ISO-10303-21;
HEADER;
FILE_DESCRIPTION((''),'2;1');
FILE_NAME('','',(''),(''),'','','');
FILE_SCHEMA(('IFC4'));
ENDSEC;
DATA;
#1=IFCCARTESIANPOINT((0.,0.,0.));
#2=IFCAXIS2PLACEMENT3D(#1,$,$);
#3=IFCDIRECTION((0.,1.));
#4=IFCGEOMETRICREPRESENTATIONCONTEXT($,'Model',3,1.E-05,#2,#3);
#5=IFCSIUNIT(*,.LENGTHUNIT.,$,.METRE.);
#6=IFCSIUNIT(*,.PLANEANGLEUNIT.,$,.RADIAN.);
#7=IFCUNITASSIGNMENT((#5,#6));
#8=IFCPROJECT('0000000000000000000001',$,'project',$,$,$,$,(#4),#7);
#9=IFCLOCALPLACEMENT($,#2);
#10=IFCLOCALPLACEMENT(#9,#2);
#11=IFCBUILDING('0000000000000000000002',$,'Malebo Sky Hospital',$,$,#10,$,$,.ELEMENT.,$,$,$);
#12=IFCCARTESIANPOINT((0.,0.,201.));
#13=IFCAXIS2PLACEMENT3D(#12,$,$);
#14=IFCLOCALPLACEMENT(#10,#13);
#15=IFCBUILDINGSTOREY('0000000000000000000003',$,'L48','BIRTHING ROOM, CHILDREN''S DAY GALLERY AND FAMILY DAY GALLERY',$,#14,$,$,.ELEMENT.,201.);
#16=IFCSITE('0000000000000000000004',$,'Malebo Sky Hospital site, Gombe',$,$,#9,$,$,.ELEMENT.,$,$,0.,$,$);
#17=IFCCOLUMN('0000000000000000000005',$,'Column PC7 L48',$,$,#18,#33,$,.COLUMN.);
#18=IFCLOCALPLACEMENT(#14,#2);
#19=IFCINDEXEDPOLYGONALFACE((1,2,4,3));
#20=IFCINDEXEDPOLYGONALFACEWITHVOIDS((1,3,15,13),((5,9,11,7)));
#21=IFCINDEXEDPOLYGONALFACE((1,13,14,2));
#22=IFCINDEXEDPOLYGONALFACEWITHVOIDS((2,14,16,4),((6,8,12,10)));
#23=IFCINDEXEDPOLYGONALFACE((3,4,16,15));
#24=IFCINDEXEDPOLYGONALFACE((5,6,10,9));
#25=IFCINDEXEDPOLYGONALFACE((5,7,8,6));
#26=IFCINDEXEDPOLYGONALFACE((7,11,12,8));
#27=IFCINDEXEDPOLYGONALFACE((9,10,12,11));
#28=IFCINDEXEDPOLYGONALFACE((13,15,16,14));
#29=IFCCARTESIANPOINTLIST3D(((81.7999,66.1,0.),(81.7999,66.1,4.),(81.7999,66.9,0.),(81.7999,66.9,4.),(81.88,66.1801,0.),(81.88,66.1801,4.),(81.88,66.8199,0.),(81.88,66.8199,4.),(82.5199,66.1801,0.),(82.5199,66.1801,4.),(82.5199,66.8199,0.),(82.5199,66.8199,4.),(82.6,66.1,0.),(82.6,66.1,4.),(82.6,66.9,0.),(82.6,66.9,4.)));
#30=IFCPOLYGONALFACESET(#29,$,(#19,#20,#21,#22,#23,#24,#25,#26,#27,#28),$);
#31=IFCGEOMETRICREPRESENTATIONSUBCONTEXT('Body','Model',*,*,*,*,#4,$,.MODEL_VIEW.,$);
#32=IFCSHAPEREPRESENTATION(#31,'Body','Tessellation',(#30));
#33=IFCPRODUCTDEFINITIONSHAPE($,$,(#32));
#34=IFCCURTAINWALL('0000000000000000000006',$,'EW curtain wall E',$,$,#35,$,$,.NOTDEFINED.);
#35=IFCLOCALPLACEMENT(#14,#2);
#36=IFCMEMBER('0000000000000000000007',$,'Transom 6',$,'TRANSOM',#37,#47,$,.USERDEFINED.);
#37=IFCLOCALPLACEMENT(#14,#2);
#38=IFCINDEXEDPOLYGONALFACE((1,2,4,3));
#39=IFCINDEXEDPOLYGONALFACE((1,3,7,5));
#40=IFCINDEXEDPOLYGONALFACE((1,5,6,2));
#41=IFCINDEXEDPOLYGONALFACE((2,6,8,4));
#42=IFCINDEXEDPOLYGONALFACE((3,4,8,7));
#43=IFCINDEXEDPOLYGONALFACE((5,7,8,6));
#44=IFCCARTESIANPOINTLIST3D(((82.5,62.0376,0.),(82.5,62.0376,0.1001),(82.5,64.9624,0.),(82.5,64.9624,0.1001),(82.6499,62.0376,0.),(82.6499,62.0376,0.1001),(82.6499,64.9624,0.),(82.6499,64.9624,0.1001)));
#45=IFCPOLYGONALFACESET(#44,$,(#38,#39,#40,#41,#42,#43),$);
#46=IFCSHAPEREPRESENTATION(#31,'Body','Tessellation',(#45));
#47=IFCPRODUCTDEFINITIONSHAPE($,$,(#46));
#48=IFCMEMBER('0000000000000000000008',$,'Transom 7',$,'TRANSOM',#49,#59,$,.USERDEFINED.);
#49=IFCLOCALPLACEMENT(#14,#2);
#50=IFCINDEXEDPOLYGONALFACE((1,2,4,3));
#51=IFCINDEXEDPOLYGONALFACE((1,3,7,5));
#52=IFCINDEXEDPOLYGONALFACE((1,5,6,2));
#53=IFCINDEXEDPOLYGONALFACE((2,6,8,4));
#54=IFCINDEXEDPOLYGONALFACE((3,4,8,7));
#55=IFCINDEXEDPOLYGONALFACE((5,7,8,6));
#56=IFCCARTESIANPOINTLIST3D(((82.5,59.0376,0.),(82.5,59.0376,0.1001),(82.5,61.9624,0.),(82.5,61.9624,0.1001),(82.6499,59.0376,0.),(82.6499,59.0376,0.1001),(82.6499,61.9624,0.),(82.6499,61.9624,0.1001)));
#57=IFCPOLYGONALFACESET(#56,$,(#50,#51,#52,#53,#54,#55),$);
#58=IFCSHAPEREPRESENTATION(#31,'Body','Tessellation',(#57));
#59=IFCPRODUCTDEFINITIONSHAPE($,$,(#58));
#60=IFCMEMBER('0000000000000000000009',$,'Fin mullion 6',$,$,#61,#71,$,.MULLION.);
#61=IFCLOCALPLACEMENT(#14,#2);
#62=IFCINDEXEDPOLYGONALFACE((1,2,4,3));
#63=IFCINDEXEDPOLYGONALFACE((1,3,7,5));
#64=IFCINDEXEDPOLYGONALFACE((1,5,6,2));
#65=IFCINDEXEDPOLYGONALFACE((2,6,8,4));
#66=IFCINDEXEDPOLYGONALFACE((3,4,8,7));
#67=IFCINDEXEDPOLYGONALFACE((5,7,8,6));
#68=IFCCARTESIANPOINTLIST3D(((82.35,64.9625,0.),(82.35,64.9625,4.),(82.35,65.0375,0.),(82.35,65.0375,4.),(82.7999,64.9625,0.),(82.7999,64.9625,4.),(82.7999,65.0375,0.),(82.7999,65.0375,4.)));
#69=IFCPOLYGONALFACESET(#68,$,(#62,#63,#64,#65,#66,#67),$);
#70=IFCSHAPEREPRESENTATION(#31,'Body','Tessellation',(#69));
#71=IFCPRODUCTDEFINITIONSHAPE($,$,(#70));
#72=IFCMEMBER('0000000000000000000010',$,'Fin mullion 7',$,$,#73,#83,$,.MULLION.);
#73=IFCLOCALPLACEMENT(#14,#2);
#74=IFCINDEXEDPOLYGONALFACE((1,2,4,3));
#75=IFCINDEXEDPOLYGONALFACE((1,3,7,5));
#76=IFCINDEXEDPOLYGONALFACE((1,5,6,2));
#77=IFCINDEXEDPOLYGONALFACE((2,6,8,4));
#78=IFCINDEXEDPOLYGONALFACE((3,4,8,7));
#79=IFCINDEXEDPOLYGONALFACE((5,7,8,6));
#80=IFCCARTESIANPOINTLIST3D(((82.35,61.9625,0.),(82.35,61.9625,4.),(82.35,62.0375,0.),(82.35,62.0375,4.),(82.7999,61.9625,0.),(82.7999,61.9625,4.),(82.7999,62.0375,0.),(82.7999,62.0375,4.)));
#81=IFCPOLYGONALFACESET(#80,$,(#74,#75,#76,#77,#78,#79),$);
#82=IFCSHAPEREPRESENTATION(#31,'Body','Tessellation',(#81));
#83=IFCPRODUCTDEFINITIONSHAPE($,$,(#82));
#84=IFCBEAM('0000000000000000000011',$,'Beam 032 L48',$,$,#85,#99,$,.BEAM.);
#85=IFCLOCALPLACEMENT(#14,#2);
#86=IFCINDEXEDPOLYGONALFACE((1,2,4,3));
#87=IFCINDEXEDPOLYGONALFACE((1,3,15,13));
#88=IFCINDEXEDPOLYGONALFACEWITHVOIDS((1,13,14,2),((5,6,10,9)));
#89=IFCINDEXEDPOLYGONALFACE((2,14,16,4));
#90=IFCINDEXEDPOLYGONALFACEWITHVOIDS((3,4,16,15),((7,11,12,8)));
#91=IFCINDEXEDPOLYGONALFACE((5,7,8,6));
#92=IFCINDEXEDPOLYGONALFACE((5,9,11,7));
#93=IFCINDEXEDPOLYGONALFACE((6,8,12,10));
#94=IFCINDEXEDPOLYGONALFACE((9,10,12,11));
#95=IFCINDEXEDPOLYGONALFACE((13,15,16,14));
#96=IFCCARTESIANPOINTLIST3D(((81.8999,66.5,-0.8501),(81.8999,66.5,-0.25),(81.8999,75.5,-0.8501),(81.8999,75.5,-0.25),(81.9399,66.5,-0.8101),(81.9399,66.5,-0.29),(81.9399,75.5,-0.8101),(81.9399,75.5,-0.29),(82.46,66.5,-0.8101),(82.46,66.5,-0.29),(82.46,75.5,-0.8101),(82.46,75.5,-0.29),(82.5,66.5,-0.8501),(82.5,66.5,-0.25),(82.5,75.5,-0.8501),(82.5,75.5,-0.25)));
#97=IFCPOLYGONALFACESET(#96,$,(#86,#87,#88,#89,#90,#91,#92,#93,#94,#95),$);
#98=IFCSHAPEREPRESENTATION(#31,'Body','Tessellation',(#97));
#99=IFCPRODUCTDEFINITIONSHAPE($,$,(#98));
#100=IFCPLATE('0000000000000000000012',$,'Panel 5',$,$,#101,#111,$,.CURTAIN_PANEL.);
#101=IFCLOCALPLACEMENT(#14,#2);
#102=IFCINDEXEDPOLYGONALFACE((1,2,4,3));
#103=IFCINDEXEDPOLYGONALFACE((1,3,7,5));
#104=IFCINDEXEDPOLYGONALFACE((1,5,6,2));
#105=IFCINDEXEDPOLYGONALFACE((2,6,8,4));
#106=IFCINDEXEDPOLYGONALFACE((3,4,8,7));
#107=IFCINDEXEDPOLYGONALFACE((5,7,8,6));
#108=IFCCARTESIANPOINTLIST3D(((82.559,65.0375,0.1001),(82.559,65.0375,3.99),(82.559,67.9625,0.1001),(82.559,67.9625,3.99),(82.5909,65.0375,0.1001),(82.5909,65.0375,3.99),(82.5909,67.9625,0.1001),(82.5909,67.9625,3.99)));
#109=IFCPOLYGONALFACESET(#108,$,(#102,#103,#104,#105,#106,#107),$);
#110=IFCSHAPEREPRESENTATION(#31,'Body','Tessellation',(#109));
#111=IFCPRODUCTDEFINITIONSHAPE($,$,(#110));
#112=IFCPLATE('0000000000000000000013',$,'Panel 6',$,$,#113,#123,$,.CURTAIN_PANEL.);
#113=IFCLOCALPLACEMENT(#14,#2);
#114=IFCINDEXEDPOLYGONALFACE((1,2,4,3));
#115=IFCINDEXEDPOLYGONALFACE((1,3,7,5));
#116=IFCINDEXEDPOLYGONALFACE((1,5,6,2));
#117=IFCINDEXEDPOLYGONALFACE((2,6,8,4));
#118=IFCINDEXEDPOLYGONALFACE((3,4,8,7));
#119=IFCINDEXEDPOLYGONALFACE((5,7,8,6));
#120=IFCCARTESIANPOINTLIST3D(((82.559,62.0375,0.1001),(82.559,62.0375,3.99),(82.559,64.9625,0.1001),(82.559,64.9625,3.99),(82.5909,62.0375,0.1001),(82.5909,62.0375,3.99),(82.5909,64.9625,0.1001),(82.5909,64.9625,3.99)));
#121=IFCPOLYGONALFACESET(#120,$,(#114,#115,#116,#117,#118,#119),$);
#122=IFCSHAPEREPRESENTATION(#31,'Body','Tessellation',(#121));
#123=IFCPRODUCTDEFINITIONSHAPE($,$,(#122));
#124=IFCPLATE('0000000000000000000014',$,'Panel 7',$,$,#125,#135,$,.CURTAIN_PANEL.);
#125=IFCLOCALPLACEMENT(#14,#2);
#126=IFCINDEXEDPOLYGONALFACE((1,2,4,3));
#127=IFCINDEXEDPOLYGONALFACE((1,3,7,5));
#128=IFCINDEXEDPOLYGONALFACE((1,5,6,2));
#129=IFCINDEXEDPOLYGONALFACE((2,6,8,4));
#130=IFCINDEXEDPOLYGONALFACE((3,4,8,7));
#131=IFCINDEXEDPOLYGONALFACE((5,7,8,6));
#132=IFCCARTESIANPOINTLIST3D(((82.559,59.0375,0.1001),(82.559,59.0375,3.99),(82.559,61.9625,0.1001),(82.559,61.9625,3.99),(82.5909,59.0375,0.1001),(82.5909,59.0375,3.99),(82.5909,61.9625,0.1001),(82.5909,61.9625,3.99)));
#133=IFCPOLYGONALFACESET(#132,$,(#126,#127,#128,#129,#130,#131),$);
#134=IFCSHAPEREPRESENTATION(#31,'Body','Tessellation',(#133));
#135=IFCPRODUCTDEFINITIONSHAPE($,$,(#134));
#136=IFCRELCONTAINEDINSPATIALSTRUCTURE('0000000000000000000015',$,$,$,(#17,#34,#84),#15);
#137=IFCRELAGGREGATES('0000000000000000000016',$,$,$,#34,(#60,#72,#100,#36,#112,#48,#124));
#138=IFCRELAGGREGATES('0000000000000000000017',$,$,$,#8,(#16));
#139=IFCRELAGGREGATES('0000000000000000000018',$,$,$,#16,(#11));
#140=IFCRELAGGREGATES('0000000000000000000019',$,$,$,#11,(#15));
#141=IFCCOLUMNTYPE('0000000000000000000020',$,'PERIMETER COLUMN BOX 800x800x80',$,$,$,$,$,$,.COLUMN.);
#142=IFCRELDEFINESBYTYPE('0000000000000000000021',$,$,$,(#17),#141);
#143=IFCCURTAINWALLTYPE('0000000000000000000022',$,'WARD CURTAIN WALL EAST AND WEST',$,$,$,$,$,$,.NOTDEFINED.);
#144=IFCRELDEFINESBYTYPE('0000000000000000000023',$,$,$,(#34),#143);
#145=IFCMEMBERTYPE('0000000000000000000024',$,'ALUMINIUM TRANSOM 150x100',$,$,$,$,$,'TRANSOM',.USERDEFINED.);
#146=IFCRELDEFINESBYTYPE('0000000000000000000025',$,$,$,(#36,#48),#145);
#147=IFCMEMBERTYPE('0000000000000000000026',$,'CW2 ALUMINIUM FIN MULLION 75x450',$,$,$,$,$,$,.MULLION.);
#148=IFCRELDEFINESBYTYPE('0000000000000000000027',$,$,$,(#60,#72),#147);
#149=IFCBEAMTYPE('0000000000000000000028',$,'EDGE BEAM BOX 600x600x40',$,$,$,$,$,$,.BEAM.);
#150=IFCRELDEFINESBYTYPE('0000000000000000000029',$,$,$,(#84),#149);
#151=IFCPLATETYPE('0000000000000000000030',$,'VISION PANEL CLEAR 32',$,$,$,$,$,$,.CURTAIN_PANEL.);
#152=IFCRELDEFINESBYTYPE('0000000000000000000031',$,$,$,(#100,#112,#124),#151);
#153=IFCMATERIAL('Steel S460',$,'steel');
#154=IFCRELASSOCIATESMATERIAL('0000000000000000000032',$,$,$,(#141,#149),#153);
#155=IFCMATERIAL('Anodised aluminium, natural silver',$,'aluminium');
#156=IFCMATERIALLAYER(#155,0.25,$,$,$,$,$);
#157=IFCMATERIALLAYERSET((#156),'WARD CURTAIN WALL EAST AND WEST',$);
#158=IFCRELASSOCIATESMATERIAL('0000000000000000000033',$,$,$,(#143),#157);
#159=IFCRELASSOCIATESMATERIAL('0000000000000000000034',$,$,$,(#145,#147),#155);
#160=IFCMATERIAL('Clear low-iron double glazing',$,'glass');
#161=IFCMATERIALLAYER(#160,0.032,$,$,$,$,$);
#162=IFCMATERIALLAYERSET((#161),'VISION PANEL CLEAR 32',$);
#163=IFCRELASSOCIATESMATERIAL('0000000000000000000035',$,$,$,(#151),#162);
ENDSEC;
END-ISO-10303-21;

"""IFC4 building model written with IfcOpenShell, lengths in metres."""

from ifc_helpers import new_model, si_unit, direction, frame, origin, origin_2d, place, context, subcontext, project, spatial, rectangle, hollow_rectangle, extrude, material, layer, layer_set, material_profile, profile_set, type_object, element, aggregate, save


model = new_model("IFC4")

# Units and contexts
model_context = context("Model", 3, precision=1e-05, world=origin(), true_north=direction((0.0, 1.0)))
body_context = subcontext(model_context, "Body", "Model", "MODEL_VIEW")
ifc_project = project(units=[si_unit("LENGTHUNIT", "METRE"), si_unit("PLANEANGLEUNIT", "RADIAN")], contexts=[model_context])

# Site, building, storey
site_placement = place(None, origin())
site = spatial("IfcSite", under=ifc_project, at=site_placement, Name="Malebo Sky Hospital site, Gombe", CompositionType="ELEMENT", RefElevation=0.0)
building_placement = place(site_placement, origin())
building = spatial("IfcBuilding", under=site, at=building_placement, Name="Malebo Sky Hospital", CompositionType="ELEMENT")
storey_placement = place(building_placement, frame((0.0, 0.0, 201.0)))
storey = spatial("IfcBuildingStorey", under=building, at=storey_placement, Name="L48", Description="BIRTHING ROOM, CHILDREN'S DAY GALLERY AND FAMILY DAY GALLERY", CompositionType="ELEMENT", Elevation=201.0)

# Column
ifc_material_1 = material(Name="Steel S460", Category="steel")
ifc_material_profile_1 = material_profile(ifc_material_1, hollow_rectangle(XDim=0.8, YDim=0.8, WallThickness=0.0801, at=origin_2d()), Name="BOX 800x800x80")
ifc_profile_set_1 = profile_set([ifc_material_profile_1], Name="Steel S460")
column_type = type_object("IfcColumnType", Name="PERIMETER COLUMN BOX 800x800x80", PredefinedType="COLUMN", material=ifc_profile_set_1)
column_placement = place(storey_placement, frame((82.2, 66.5, 0.0), z_axis=(0.0, 0.0, 1.0), x_axis=(1.0, 0.0, 0.0)))
element("IfcColumn", 1, at=column_placement, inside=storey, type_object=column_type, Name="Column PC7 L48", PredefinedType="COLUMN", context=body_context, shape_type="SweptSolid", body=[
    extrude(hollow_rectangle(XDim=0.8, YDim=0.8, WallThickness=0.0801, at=origin_2d()), origin(), (0.0, 0.0, 1.0), 4.0),
])

# Curtain wall, members
ifc_material_2 = material(Name="Anodised aluminium, natural silver", Category="aluminium")
ifc_layer_1 = layer(ifc_material_2, 0.25)
ifc_layer_set_1 = layer_set([ifc_layer_1], Name="WARD CURTAIN WALL EAST AND WEST")
curtain_wall_type = type_object("IfcCurtainWallType", Name="WARD CURTAIN WALL EAST AND WEST", PredefinedType="NOTDEFINED", material=ifc_layer_set_1)
curtain_wall_placement = place(storey_placement, origin())
curtain_wall = element("IfcCurtainWall", 2, at=curtain_wall_placement, inside=storey, type_object=curtain_wall_type, Name="EW curtain wall E", PredefinedType="NOTDEFINED")
ifc_material_profile_2 = material_profile(ifc_material_2, rectangle(XDim=0.1499, YDim=0.1001, at=origin_2d()), Name="ALUMINIUM TRANSOM 150x100")
ifc_profile_set_2 = profile_set([ifc_material_profile_2], Name="Anodised aluminium, natural silver")
member_type_1 = type_object("IfcMemberType", Name="ALUMINIUM TRANSOM 150x100", ElementType="TRANSOM", PredefinedType="USERDEFINED", material=ifc_profile_set_2)
member_1_placement = place(storey_placement, frame((82.575, 64.9624, 0.05), z_axis=(0.0, -1.0, 0.0), x_axis=(1.0, 0.0, 0.0)))
member_1 = element("IfcMember", 3, at=member_1_placement, type_object=member_type_1, Name="Transom 6", ObjectType="TRANSOM", PredefinedType="USERDEFINED", context=body_context, shape_type="SweptSolid", body=[
    extrude(rectangle(XDim=0.1499, YDim=0.1001, at=origin_2d()), origin(), (0.0, 0.0, 1.0), 2.9248),
])
member_2_placement = place(storey_placement, frame((82.575, 61.9624, 0.05), z_axis=(0.0, -1.0, 0.0), x_axis=(1.0, 0.0, 0.0)))
member_2 = element("IfcMember", 4, at=member_2_placement, type_object=member_type_1, Name="Transom 7", ObjectType="TRANSOM", PredefinedType="USERDEFINED", context=body_context, shape_type="SweptSolid", body=[
    extrude(rectangle(XDim=0.1499, YDim=0.1001, at=origin_2d()), origin(), (0.0, 0.0, 1.0), 2.9248),
])
ifc_material_profile_3 = material_profile(ifc_material_2, rectangle(XDim=0.075, YDim=0.45, at=origin_2d()), Name="CW2 ALUMINIUM FIN MULLION 75x450")
ifc_profile_set_3 = profile_set([ifc_material_profile_3], Name="Anodised aluminium, natural silver")
member_type_2 = type_object("IfcMemberType", Name="CW2 ALUMINIUM FIN MULLION 75x450", PredefinedType="MULLION", material=ifc_profile_set_3)
member_3_placement = place(storey_placement, frame((82.575, 65.0, 0.0), z_axis=(0.0, 0.0, 1.0), x_axis=(0.0, -1.0, 0.0)))
member_3 = element("IfcMember", 5, at=member_3_placement, type_object=member_type_2, Name="Fin mullion 6", PredefinedType="MULLION", context=body_context, shape_type="SweptSolid", body=[
    extrude(rectangle(XDim=0.075, YDim=0.45, at=origin_2d()), origin(), (0.0, 0.0, 1.0), 4.0),
])
member_4_placement = place(storey_placement, frame((82.575, 62.0, 0.0), z_axis=(0.0, 0.0, 1.0), x_axis=(0.0, -1.0, 0.0)))
member_4 = element("IfcMember", 6, at=member_4_placement, type_object=member_type_2, Name="Fin mullion 7", PredefinedType="MULLION", context=body_context, shape_type="SweptSolid", body=[
    extrude(rectangle(XDim=0.075, YDim=0.45, at=origin_2d()), origin(), (0.0, 0.0, 1.0), 4.0),
])

# Beam
ifc_material_profile_4 = material_profile(ifc_material_1, hollow_rectangle(XDim=0.6001, YDim=0.6001, WallThickness=0.04, at=origin_2d()), Name="BOX 600x600x40")
ifc_profile_set_4 = profile_set([ifc_material_profile_4], Name="Steel S460")
beam_type = type_object("IfcBeamType", Name="EDGE BEAM BOX 600x600x40", PredefinedType="BEAM", material=ifc_profile_set_4)
beam_placement = place(storey_placement, frame((82.2, 66.5, -0.55), z_axis=(0.0, 1.0, 0.0), x_axis=(-1.0, 0.0, 0.0)))
element("IfcBeam", 7, at=beam_placement, inside=storey, type_object=beam_type, Name="Beam 032 L48", PredefinedType="BEAM", context=body_context, shape_type="SweptSolid", body=[
    extrude(hollow_rectangle(XDim=0.6001, YDim=0.6001, WallThickness=0.04, at=origin_2d()), origin(), (0.0, 0.0, 1.0), 9.0),
])

# Plates
ifc_material_3 = material(Name="Clear low-iron double glazing", Category="glass")
ifc_layer_2 = layer(ifc_material_3, 0.032)
ifc_layer_set_2 = layer_set([ifc_layer_2], Name="VISION PANEL CLEAR 32")
plate_type = type_object("IfcPlateType", Name="VISION PANEL CLEAR 32", PredefinedType="CURTAIN_PANEL", material=ifc_layer_set_2)
plate_1_placement = place(storey_placement, frame((82.575, 66.5, 0.1001), z_axis=(0.0, 0.0, 1.0), x_axis=(0.0, -1.0, 0.0)))
plate_1 = element("IfcPlate", 8, at=plate_1_placement, type_object=plate_type, Name="Panel 5", PredefinedType="CURTAIN_PANEL", context=body_context, shape_type="SweptSolid", body=[
    extrude(rectangle(XDim=2.925, YDim=0.032, at=origin_2d()), origin(), (0.0, 0.0, 1.0), 3.8899),
])
plate_2_placement = place(storey_placement, frame((82.575, 63.5, 0.1001), z_axis=(0.0, 0.0, 1.0), x_axis=(0.0, -1.0, 0.0)))
plate_2 = element("IfcPlate", 9, at=plate_2_placement, type_object=plate_type, Name="Panel 6", PredefinedType="CURTAIN_PANEL", context=body_context, shape_type="SweptSolid", body=[
    extrude(rectangle(XDim=2.925, YDim=0.032, at=origin_2d()), origin(), (0.0, 0.0, 1.0), 3.8899),
])
plate_3_placement = place(storey_placement, frame((82.575, 60.5, 0.1001), z_axis=(0.0, 0.0, 1.0), x_axis=(0.0, -1.0, 0.0)))
plate_3 = element("IfcPlate", 10, at=plate_3_placement, type_object=plate_type, Name="Panel 7", PredefinedType="CURTAIN_PANEL", context=body_context, shape_type="SweptSolid", body=[
    extrude(rectangle(XDim=2.925, YDim=0.032, at=origin_2d()), origin(), (0.0, 0.0, 1.0), 3.8899),
])
aggregate(curtain_wall, [member_3, member_4, plate_1, member_1, plate_2, member_2, plate_3])

save(model, "model.ifc")
